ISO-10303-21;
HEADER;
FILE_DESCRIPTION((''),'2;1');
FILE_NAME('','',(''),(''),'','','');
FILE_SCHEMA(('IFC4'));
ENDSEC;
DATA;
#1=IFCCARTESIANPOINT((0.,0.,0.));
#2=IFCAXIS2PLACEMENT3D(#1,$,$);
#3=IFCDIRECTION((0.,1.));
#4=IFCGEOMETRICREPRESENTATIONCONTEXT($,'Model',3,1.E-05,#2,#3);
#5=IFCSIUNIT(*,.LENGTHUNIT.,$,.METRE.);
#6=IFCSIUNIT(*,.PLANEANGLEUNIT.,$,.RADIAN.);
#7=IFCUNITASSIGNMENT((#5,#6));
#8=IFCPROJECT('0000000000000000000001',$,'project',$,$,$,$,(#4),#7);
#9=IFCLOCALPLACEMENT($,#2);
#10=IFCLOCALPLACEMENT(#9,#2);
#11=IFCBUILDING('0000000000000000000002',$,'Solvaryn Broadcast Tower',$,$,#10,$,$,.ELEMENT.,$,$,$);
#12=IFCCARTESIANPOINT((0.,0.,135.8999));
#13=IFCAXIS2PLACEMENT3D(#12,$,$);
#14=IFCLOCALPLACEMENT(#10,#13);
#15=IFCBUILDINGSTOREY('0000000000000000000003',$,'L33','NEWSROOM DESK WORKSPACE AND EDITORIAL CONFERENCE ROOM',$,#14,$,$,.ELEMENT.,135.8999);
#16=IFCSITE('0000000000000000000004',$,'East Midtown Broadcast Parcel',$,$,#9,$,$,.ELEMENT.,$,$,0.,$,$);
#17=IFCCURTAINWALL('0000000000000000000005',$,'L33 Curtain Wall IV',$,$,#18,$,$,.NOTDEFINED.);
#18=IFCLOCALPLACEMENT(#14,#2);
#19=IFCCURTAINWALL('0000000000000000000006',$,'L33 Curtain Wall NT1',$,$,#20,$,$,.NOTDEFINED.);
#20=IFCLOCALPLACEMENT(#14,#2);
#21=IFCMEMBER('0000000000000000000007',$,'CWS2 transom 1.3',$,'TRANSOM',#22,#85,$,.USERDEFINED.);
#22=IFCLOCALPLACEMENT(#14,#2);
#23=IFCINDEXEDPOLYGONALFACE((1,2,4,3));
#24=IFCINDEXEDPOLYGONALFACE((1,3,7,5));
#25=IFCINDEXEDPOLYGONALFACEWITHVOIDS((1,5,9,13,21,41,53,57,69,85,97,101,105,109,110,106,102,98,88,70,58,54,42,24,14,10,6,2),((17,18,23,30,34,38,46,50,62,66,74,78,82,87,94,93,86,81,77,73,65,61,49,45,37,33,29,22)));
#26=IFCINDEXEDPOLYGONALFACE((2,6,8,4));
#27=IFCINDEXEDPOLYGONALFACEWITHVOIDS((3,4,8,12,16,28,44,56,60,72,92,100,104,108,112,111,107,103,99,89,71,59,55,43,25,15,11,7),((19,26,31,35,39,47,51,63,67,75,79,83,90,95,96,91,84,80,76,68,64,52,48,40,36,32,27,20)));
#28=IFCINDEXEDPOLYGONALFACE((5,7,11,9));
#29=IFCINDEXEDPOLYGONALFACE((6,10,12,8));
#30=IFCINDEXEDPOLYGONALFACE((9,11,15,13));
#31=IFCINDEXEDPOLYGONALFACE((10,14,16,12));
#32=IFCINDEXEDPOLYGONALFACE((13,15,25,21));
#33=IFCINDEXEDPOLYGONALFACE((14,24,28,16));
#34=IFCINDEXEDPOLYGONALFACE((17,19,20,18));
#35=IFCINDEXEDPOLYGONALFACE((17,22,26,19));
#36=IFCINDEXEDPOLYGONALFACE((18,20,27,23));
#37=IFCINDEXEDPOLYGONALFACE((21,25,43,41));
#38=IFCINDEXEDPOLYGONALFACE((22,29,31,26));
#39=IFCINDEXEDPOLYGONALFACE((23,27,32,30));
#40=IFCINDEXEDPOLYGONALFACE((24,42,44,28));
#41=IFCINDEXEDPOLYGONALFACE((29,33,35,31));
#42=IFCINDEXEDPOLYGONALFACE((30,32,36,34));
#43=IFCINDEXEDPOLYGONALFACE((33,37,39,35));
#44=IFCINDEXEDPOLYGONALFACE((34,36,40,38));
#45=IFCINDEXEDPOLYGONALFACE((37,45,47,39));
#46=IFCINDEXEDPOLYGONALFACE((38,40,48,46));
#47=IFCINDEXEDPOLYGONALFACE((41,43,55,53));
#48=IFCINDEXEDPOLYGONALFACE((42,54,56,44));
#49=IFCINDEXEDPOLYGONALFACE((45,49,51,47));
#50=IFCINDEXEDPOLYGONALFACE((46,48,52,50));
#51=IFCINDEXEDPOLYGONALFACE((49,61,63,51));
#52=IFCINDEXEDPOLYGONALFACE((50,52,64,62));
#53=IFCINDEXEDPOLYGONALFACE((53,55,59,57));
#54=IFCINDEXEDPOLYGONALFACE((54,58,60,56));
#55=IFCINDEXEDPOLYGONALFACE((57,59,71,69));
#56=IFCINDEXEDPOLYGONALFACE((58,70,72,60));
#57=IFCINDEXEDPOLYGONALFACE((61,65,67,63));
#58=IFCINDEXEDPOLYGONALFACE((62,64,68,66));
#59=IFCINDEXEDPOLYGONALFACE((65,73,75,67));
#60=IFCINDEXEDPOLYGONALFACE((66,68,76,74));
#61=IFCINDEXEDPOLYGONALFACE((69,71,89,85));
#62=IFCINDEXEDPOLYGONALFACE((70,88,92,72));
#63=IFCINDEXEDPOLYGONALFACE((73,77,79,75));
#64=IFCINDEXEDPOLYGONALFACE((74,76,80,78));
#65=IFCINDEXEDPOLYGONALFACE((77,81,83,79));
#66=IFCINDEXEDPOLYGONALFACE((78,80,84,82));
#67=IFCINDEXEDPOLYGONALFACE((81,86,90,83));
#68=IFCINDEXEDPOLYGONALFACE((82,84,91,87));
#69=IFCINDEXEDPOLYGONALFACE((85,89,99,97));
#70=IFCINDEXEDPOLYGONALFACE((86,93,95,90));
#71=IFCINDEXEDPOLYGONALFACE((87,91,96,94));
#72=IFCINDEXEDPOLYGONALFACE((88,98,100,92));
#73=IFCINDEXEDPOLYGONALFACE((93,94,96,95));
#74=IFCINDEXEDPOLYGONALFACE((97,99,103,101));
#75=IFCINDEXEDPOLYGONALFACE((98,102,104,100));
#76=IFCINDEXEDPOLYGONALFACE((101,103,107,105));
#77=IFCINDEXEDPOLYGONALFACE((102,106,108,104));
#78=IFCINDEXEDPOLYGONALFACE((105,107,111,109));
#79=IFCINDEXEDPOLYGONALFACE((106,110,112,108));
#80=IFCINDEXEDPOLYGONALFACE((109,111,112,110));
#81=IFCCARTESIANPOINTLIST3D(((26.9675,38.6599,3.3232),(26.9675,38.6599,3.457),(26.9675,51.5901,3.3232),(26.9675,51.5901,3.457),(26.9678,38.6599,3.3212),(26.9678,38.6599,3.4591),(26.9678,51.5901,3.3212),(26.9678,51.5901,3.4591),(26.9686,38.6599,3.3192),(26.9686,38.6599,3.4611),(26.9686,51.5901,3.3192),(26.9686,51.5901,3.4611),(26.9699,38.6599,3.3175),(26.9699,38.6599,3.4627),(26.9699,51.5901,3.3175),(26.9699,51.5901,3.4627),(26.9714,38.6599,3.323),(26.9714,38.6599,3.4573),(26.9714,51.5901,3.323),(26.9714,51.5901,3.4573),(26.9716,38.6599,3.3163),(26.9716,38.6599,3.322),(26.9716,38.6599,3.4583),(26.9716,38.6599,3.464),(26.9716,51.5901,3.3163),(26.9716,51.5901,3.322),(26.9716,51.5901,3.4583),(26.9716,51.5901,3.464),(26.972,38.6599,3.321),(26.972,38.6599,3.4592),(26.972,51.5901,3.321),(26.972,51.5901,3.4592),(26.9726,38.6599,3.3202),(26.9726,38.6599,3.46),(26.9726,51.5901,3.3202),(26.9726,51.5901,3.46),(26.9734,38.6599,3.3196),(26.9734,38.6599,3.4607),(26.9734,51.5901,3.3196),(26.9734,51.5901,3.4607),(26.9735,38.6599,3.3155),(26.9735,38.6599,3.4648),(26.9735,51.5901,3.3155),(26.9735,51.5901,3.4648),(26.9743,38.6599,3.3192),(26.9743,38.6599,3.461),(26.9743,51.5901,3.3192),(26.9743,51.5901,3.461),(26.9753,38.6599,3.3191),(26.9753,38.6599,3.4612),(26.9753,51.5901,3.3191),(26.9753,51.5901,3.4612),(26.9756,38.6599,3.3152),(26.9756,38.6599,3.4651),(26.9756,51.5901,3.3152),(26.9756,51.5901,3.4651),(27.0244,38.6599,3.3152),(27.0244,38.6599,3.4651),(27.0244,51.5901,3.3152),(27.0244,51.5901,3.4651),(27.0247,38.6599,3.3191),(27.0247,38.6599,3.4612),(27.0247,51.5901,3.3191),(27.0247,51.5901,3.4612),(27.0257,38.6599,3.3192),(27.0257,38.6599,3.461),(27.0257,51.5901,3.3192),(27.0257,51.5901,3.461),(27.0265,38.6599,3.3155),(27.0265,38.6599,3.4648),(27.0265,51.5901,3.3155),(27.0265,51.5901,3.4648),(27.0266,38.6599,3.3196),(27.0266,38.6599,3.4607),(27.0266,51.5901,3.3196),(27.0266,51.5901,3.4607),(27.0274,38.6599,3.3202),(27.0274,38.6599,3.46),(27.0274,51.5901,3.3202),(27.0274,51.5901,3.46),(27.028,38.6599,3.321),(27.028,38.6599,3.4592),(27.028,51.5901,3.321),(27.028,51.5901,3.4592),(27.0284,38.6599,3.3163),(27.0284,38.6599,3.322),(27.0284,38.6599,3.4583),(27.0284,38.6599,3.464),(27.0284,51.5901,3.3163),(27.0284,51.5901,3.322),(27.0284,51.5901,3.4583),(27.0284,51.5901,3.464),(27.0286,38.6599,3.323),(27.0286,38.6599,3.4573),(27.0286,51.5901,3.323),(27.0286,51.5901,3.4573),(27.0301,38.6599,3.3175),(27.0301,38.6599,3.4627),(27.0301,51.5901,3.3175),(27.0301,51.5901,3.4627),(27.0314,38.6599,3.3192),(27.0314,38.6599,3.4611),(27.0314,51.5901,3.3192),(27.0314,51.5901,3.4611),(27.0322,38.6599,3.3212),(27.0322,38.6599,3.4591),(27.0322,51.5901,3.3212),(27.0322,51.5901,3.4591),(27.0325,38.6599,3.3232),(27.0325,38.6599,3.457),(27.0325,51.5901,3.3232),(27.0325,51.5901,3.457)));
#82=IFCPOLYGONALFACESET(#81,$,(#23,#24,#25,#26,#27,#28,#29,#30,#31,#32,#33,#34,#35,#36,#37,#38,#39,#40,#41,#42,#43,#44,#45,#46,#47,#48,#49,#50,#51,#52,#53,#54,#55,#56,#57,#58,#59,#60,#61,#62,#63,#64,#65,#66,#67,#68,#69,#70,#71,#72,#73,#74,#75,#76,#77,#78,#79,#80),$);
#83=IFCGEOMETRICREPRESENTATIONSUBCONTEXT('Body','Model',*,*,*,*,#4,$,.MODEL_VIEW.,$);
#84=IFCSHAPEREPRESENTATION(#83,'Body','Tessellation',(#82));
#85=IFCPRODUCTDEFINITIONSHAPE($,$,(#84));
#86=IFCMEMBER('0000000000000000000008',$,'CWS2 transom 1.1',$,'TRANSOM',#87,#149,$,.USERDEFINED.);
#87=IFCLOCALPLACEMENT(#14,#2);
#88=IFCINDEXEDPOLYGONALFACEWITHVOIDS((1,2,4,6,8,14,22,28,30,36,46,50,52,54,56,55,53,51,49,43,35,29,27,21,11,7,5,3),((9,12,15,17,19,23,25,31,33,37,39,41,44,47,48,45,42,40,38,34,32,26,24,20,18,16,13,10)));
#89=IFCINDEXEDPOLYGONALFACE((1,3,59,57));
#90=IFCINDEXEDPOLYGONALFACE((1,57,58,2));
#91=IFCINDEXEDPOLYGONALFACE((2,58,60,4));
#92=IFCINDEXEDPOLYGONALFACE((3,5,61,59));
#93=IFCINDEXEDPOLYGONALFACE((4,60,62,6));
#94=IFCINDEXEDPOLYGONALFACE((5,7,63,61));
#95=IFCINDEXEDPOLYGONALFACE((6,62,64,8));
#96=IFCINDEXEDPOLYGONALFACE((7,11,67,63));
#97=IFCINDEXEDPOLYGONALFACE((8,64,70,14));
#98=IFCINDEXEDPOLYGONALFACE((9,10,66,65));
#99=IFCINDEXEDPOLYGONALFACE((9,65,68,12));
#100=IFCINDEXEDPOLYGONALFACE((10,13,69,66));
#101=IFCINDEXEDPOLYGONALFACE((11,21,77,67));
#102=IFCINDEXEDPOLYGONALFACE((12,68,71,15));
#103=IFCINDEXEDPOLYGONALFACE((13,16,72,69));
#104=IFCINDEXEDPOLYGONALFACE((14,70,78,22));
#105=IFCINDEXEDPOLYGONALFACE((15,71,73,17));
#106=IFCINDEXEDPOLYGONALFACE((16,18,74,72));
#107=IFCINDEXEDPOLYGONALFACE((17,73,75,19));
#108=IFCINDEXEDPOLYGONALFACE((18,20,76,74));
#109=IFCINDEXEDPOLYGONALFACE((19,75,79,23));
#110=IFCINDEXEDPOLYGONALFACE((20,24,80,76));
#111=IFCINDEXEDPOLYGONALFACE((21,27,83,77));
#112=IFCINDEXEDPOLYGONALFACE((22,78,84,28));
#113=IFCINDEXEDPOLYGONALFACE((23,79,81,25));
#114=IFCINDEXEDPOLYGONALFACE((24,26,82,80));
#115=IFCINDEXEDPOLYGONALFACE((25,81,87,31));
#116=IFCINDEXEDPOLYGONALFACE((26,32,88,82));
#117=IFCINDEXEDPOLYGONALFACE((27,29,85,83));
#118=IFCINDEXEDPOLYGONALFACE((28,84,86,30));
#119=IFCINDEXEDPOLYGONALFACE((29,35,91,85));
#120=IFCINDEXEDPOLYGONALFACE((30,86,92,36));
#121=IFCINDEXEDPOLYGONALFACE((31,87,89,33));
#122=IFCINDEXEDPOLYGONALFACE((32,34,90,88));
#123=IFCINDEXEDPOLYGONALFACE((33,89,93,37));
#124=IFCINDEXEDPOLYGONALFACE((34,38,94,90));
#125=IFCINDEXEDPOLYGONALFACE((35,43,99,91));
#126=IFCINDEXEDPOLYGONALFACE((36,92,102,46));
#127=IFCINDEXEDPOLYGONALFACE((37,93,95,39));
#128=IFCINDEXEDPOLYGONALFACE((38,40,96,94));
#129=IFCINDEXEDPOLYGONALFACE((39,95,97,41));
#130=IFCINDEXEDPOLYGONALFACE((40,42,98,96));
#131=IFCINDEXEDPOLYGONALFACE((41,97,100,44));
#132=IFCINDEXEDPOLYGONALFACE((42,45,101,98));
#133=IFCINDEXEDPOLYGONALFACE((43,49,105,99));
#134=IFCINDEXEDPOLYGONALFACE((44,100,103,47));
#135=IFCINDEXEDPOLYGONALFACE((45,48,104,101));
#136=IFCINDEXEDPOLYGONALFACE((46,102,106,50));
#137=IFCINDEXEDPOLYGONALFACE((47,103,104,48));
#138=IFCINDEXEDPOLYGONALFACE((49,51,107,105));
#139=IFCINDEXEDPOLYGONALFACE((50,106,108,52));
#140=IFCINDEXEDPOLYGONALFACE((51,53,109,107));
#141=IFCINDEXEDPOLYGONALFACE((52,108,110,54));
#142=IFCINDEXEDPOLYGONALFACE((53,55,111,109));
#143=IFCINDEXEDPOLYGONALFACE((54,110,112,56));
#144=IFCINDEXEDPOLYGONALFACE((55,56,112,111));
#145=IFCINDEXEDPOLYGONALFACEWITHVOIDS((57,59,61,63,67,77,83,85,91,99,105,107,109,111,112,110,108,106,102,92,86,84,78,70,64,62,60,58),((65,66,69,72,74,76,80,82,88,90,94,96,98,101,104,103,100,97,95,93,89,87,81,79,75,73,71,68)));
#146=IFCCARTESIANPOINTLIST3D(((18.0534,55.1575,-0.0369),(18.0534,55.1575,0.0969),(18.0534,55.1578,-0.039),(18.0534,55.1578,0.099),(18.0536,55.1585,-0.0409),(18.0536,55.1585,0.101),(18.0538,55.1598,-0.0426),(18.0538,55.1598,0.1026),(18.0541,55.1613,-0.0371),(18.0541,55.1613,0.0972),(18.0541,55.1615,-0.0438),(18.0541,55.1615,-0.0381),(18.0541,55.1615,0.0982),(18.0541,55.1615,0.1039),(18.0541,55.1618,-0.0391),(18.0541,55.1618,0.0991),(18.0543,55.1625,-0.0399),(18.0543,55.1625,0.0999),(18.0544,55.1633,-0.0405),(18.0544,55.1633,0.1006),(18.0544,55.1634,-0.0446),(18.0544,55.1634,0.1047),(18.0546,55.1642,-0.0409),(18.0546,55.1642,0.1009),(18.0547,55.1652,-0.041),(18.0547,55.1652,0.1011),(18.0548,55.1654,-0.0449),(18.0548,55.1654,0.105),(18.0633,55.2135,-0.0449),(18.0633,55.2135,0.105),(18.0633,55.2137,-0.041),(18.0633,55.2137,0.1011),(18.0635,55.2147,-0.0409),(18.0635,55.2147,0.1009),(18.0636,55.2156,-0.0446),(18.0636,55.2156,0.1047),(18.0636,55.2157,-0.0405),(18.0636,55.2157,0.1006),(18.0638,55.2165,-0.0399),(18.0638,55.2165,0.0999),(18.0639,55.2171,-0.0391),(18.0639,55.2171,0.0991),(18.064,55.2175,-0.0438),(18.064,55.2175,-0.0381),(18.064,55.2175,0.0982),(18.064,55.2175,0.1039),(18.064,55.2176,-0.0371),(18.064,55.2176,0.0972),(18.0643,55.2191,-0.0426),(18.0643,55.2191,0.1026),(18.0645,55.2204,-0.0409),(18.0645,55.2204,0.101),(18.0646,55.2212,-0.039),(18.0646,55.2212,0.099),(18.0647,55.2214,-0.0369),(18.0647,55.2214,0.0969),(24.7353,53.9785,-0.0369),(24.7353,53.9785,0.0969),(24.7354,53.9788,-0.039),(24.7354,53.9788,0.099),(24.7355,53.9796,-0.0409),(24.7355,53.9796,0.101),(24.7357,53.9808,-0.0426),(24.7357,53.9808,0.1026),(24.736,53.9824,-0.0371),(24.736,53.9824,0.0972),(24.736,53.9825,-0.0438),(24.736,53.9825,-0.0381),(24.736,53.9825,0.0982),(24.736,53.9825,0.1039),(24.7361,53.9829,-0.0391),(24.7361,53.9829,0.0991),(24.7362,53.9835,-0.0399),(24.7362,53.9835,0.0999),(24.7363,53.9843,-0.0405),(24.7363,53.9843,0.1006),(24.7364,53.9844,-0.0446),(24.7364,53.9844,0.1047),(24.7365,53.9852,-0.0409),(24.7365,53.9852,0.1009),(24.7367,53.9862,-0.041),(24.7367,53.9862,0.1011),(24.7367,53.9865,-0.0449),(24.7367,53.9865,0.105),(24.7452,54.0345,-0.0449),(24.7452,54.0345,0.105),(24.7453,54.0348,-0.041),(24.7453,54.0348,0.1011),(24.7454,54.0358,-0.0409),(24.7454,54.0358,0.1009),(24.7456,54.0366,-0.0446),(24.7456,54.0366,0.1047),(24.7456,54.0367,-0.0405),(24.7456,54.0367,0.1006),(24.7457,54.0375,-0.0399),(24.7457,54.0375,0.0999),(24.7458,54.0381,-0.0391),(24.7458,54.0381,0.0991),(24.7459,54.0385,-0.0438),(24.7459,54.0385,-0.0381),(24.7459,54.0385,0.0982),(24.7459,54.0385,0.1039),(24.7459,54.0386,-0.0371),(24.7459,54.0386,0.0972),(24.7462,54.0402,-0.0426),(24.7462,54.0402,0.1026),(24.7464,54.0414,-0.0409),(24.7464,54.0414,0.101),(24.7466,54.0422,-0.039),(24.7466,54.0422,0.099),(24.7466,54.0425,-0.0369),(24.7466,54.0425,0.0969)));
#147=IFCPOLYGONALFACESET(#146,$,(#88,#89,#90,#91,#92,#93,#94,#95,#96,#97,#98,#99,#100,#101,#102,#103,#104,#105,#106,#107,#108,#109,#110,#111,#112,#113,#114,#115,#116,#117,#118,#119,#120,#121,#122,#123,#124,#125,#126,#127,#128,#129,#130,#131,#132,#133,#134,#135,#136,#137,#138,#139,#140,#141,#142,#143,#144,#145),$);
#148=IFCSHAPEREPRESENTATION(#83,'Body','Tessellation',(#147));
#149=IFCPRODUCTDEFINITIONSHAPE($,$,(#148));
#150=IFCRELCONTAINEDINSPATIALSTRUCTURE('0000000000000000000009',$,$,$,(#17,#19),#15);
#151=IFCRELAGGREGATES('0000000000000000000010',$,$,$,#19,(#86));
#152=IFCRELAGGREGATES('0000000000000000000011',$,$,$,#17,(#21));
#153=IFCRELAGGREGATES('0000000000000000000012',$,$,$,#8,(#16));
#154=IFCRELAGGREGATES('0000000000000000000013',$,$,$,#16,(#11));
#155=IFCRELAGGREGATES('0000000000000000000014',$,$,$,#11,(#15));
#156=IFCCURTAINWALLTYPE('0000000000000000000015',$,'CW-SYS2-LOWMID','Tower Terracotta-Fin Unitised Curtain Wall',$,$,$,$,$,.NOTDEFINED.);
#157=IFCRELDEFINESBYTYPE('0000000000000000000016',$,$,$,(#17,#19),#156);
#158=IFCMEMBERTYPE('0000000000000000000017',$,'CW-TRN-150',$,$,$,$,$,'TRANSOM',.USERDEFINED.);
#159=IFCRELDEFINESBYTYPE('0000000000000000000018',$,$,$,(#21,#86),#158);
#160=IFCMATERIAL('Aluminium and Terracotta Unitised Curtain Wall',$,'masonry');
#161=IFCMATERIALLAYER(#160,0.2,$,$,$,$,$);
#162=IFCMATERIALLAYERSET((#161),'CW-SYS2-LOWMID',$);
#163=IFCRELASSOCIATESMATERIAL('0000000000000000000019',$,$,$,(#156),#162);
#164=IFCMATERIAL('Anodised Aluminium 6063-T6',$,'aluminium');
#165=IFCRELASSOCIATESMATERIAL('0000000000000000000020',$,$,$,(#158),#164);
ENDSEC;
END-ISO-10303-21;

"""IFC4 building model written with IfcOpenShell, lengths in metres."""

from ifc_helpers import new_model, si_unit, direction, frame, origin, origin_2d, place, context, subcontext, project, spatial, hollow_rectangle, extrude, material, layer, layer_set, material_profile, profile_set, type_object, element, aggregate, save


model = new_model("IFC4")

# Units and contexts
model_context = context("Model", 3, precision=1e-05, world=origin(), true_north=direction((0.0, 1.0)))
body_context = subcontext(model_context, "Body", "Model", "MODEL_VIEW")
ifc_project = project(units=[si_unit("LENGTHUNIT", "METRE"), si_unit("PLANEANGLEUNIT", "RADIAN")], contexts=[model_context])

# Site, building, storey
site_placement = place(None, origin())
site = spatial("IfcSite", under=ifc_project, at=site_placement, Name="East Midtown Broadcast Parcel", CompositionType="ELEMENT", RefElevation=0.0)
building_placement = place(site_placement, origin())
building = spatial("IfcBuilding", under=site, at=building_placement, Name="Solvaryn Broadcast Tower", CompositionType="ELEMENT")
storey_placement = place(building_placement, frame((0.0, 0.0, 135.8999)))
storey = spatial("IfcBuildingStorey", under=building, at=storey_placement, Name="L33", Description="NEWSROOM DESK WORKSPACE AND EDITORIAL CONFERENCE ROOM", CompositionType="ELEMENT", Elevation=135.8999)

# Curtain wall
ifc_material_1 = material(Name="Aluminium and Terracotta Unitised Curtain Wall", Category="masonry")
ifc_layer_1 = layer(ifc_material_1, 0.2)
ifc_layer_set_1 = layer_set([ifc_layer_1], Name="CW-SYS2-LOWMID")
curtain_wall_type = type_object("IfcCurtainWallType", Name="CW-SYS2-LOWMID", Description="Tower Terracotta-Fin Unitised Curtain Wall", PredefinedType="NOTDEFINED", material=ifc_layer_set_1)
curtain_wall_1_placement = place(storey_placement, origin())
curtain_wall_1 = element("IfcCurtainWall", 1, at=curtain_wall_1_placement, inside=storey, type_object=curtain_wall_type, Name="L33 Curtain Wall IV", PredefinedType="NOTDEFINED")

# Curtain wall
curtain_wall_2_placement = place(storey_placement, origin())
curtain_wall_2 = element("IfcCurtainWall", 2, at=curtain_wall_2_placement, inside=storey, type_object=curtain_wall_type, Name="L33 Curtain Wall NT1", PredefinedType="NOTDEFINED")

# Members
ifc_material_2 = material(Name="Anodised Aluminium 6063-T6", Category="aluminium")
ifc_material_profile_1 = material_profile(ifc_material_2, hollow_rectangle(XDim=0.0649, YDim=0.1499, WallThickness=0.0039, InnerFilletRadius=0.0039, OuterFilletRadius=0.0081, at=origin_2d()))
ifc_profile_set_1 = profile_set([ifc_material_profile_1], Name="Anodised Aluminium 6063-T6")
member_type_1 = type_object("IfcMemberType", Name="CW-TRN-150", ElementType="TRANSOM", PredefinedType="USERDEFINED", material=ifc_profile_set_1)
member_1_placement = place(storey_placement, frame((27.0, 51.5901, 3.3901), z_axis=(0.0, -1.0, 0.0), x_axis=(1.0, 0.0, 0.0)))
member_1 = element("IfcMember", 3, at=member_1_placement, type_object=member_type_1, Name="CWS2 transom 1.3", ObjectType="TRANSOM", PredefinedType="USERDEFINED", context=body_context, shape_type="SweptSolid", body=[
    extrude(hollow_rectangle(XDim=0.0649, YDim=0.1499, WallThickness=0.0039, InnerFilletRadius=0.0039, OuterFilletRadius=0.0081, at=origin_2d()), origin(), (0.0, 0.0, 1.0), 12.9302),
])
member_2_placement = place(storey_placement, frame((24.741, 54.0105, 0.03), z_axis=(-0.984789, 0.173757, 0.0), x_axis=(-0.173757, -0.984789, 0.0)))
member_2 = element("IfcMember", 4, at=member_2_placement, type_object=member_type_1, Name="CWS2 transom 1.1", ObjectType="TRANSOM", PredefinedType="USERDEFINED", context=body_context, shape_type="SweptSolid", body=[
    extrude(hollow_rectangle(XDim=0.0649, YDim=0.1499, WallThickness=0.0039, InnerFilletRadius=0.0039, OuterFilletRadius=0.0081, at=origin_2d()), origin(), (0.0, 0.0, 1.0), 6.7852),
])
aggregate(curtain_wall_2, [member_2])

aggregate(curtain_wall_1, [member_1])

save(model, "model.ifc")
